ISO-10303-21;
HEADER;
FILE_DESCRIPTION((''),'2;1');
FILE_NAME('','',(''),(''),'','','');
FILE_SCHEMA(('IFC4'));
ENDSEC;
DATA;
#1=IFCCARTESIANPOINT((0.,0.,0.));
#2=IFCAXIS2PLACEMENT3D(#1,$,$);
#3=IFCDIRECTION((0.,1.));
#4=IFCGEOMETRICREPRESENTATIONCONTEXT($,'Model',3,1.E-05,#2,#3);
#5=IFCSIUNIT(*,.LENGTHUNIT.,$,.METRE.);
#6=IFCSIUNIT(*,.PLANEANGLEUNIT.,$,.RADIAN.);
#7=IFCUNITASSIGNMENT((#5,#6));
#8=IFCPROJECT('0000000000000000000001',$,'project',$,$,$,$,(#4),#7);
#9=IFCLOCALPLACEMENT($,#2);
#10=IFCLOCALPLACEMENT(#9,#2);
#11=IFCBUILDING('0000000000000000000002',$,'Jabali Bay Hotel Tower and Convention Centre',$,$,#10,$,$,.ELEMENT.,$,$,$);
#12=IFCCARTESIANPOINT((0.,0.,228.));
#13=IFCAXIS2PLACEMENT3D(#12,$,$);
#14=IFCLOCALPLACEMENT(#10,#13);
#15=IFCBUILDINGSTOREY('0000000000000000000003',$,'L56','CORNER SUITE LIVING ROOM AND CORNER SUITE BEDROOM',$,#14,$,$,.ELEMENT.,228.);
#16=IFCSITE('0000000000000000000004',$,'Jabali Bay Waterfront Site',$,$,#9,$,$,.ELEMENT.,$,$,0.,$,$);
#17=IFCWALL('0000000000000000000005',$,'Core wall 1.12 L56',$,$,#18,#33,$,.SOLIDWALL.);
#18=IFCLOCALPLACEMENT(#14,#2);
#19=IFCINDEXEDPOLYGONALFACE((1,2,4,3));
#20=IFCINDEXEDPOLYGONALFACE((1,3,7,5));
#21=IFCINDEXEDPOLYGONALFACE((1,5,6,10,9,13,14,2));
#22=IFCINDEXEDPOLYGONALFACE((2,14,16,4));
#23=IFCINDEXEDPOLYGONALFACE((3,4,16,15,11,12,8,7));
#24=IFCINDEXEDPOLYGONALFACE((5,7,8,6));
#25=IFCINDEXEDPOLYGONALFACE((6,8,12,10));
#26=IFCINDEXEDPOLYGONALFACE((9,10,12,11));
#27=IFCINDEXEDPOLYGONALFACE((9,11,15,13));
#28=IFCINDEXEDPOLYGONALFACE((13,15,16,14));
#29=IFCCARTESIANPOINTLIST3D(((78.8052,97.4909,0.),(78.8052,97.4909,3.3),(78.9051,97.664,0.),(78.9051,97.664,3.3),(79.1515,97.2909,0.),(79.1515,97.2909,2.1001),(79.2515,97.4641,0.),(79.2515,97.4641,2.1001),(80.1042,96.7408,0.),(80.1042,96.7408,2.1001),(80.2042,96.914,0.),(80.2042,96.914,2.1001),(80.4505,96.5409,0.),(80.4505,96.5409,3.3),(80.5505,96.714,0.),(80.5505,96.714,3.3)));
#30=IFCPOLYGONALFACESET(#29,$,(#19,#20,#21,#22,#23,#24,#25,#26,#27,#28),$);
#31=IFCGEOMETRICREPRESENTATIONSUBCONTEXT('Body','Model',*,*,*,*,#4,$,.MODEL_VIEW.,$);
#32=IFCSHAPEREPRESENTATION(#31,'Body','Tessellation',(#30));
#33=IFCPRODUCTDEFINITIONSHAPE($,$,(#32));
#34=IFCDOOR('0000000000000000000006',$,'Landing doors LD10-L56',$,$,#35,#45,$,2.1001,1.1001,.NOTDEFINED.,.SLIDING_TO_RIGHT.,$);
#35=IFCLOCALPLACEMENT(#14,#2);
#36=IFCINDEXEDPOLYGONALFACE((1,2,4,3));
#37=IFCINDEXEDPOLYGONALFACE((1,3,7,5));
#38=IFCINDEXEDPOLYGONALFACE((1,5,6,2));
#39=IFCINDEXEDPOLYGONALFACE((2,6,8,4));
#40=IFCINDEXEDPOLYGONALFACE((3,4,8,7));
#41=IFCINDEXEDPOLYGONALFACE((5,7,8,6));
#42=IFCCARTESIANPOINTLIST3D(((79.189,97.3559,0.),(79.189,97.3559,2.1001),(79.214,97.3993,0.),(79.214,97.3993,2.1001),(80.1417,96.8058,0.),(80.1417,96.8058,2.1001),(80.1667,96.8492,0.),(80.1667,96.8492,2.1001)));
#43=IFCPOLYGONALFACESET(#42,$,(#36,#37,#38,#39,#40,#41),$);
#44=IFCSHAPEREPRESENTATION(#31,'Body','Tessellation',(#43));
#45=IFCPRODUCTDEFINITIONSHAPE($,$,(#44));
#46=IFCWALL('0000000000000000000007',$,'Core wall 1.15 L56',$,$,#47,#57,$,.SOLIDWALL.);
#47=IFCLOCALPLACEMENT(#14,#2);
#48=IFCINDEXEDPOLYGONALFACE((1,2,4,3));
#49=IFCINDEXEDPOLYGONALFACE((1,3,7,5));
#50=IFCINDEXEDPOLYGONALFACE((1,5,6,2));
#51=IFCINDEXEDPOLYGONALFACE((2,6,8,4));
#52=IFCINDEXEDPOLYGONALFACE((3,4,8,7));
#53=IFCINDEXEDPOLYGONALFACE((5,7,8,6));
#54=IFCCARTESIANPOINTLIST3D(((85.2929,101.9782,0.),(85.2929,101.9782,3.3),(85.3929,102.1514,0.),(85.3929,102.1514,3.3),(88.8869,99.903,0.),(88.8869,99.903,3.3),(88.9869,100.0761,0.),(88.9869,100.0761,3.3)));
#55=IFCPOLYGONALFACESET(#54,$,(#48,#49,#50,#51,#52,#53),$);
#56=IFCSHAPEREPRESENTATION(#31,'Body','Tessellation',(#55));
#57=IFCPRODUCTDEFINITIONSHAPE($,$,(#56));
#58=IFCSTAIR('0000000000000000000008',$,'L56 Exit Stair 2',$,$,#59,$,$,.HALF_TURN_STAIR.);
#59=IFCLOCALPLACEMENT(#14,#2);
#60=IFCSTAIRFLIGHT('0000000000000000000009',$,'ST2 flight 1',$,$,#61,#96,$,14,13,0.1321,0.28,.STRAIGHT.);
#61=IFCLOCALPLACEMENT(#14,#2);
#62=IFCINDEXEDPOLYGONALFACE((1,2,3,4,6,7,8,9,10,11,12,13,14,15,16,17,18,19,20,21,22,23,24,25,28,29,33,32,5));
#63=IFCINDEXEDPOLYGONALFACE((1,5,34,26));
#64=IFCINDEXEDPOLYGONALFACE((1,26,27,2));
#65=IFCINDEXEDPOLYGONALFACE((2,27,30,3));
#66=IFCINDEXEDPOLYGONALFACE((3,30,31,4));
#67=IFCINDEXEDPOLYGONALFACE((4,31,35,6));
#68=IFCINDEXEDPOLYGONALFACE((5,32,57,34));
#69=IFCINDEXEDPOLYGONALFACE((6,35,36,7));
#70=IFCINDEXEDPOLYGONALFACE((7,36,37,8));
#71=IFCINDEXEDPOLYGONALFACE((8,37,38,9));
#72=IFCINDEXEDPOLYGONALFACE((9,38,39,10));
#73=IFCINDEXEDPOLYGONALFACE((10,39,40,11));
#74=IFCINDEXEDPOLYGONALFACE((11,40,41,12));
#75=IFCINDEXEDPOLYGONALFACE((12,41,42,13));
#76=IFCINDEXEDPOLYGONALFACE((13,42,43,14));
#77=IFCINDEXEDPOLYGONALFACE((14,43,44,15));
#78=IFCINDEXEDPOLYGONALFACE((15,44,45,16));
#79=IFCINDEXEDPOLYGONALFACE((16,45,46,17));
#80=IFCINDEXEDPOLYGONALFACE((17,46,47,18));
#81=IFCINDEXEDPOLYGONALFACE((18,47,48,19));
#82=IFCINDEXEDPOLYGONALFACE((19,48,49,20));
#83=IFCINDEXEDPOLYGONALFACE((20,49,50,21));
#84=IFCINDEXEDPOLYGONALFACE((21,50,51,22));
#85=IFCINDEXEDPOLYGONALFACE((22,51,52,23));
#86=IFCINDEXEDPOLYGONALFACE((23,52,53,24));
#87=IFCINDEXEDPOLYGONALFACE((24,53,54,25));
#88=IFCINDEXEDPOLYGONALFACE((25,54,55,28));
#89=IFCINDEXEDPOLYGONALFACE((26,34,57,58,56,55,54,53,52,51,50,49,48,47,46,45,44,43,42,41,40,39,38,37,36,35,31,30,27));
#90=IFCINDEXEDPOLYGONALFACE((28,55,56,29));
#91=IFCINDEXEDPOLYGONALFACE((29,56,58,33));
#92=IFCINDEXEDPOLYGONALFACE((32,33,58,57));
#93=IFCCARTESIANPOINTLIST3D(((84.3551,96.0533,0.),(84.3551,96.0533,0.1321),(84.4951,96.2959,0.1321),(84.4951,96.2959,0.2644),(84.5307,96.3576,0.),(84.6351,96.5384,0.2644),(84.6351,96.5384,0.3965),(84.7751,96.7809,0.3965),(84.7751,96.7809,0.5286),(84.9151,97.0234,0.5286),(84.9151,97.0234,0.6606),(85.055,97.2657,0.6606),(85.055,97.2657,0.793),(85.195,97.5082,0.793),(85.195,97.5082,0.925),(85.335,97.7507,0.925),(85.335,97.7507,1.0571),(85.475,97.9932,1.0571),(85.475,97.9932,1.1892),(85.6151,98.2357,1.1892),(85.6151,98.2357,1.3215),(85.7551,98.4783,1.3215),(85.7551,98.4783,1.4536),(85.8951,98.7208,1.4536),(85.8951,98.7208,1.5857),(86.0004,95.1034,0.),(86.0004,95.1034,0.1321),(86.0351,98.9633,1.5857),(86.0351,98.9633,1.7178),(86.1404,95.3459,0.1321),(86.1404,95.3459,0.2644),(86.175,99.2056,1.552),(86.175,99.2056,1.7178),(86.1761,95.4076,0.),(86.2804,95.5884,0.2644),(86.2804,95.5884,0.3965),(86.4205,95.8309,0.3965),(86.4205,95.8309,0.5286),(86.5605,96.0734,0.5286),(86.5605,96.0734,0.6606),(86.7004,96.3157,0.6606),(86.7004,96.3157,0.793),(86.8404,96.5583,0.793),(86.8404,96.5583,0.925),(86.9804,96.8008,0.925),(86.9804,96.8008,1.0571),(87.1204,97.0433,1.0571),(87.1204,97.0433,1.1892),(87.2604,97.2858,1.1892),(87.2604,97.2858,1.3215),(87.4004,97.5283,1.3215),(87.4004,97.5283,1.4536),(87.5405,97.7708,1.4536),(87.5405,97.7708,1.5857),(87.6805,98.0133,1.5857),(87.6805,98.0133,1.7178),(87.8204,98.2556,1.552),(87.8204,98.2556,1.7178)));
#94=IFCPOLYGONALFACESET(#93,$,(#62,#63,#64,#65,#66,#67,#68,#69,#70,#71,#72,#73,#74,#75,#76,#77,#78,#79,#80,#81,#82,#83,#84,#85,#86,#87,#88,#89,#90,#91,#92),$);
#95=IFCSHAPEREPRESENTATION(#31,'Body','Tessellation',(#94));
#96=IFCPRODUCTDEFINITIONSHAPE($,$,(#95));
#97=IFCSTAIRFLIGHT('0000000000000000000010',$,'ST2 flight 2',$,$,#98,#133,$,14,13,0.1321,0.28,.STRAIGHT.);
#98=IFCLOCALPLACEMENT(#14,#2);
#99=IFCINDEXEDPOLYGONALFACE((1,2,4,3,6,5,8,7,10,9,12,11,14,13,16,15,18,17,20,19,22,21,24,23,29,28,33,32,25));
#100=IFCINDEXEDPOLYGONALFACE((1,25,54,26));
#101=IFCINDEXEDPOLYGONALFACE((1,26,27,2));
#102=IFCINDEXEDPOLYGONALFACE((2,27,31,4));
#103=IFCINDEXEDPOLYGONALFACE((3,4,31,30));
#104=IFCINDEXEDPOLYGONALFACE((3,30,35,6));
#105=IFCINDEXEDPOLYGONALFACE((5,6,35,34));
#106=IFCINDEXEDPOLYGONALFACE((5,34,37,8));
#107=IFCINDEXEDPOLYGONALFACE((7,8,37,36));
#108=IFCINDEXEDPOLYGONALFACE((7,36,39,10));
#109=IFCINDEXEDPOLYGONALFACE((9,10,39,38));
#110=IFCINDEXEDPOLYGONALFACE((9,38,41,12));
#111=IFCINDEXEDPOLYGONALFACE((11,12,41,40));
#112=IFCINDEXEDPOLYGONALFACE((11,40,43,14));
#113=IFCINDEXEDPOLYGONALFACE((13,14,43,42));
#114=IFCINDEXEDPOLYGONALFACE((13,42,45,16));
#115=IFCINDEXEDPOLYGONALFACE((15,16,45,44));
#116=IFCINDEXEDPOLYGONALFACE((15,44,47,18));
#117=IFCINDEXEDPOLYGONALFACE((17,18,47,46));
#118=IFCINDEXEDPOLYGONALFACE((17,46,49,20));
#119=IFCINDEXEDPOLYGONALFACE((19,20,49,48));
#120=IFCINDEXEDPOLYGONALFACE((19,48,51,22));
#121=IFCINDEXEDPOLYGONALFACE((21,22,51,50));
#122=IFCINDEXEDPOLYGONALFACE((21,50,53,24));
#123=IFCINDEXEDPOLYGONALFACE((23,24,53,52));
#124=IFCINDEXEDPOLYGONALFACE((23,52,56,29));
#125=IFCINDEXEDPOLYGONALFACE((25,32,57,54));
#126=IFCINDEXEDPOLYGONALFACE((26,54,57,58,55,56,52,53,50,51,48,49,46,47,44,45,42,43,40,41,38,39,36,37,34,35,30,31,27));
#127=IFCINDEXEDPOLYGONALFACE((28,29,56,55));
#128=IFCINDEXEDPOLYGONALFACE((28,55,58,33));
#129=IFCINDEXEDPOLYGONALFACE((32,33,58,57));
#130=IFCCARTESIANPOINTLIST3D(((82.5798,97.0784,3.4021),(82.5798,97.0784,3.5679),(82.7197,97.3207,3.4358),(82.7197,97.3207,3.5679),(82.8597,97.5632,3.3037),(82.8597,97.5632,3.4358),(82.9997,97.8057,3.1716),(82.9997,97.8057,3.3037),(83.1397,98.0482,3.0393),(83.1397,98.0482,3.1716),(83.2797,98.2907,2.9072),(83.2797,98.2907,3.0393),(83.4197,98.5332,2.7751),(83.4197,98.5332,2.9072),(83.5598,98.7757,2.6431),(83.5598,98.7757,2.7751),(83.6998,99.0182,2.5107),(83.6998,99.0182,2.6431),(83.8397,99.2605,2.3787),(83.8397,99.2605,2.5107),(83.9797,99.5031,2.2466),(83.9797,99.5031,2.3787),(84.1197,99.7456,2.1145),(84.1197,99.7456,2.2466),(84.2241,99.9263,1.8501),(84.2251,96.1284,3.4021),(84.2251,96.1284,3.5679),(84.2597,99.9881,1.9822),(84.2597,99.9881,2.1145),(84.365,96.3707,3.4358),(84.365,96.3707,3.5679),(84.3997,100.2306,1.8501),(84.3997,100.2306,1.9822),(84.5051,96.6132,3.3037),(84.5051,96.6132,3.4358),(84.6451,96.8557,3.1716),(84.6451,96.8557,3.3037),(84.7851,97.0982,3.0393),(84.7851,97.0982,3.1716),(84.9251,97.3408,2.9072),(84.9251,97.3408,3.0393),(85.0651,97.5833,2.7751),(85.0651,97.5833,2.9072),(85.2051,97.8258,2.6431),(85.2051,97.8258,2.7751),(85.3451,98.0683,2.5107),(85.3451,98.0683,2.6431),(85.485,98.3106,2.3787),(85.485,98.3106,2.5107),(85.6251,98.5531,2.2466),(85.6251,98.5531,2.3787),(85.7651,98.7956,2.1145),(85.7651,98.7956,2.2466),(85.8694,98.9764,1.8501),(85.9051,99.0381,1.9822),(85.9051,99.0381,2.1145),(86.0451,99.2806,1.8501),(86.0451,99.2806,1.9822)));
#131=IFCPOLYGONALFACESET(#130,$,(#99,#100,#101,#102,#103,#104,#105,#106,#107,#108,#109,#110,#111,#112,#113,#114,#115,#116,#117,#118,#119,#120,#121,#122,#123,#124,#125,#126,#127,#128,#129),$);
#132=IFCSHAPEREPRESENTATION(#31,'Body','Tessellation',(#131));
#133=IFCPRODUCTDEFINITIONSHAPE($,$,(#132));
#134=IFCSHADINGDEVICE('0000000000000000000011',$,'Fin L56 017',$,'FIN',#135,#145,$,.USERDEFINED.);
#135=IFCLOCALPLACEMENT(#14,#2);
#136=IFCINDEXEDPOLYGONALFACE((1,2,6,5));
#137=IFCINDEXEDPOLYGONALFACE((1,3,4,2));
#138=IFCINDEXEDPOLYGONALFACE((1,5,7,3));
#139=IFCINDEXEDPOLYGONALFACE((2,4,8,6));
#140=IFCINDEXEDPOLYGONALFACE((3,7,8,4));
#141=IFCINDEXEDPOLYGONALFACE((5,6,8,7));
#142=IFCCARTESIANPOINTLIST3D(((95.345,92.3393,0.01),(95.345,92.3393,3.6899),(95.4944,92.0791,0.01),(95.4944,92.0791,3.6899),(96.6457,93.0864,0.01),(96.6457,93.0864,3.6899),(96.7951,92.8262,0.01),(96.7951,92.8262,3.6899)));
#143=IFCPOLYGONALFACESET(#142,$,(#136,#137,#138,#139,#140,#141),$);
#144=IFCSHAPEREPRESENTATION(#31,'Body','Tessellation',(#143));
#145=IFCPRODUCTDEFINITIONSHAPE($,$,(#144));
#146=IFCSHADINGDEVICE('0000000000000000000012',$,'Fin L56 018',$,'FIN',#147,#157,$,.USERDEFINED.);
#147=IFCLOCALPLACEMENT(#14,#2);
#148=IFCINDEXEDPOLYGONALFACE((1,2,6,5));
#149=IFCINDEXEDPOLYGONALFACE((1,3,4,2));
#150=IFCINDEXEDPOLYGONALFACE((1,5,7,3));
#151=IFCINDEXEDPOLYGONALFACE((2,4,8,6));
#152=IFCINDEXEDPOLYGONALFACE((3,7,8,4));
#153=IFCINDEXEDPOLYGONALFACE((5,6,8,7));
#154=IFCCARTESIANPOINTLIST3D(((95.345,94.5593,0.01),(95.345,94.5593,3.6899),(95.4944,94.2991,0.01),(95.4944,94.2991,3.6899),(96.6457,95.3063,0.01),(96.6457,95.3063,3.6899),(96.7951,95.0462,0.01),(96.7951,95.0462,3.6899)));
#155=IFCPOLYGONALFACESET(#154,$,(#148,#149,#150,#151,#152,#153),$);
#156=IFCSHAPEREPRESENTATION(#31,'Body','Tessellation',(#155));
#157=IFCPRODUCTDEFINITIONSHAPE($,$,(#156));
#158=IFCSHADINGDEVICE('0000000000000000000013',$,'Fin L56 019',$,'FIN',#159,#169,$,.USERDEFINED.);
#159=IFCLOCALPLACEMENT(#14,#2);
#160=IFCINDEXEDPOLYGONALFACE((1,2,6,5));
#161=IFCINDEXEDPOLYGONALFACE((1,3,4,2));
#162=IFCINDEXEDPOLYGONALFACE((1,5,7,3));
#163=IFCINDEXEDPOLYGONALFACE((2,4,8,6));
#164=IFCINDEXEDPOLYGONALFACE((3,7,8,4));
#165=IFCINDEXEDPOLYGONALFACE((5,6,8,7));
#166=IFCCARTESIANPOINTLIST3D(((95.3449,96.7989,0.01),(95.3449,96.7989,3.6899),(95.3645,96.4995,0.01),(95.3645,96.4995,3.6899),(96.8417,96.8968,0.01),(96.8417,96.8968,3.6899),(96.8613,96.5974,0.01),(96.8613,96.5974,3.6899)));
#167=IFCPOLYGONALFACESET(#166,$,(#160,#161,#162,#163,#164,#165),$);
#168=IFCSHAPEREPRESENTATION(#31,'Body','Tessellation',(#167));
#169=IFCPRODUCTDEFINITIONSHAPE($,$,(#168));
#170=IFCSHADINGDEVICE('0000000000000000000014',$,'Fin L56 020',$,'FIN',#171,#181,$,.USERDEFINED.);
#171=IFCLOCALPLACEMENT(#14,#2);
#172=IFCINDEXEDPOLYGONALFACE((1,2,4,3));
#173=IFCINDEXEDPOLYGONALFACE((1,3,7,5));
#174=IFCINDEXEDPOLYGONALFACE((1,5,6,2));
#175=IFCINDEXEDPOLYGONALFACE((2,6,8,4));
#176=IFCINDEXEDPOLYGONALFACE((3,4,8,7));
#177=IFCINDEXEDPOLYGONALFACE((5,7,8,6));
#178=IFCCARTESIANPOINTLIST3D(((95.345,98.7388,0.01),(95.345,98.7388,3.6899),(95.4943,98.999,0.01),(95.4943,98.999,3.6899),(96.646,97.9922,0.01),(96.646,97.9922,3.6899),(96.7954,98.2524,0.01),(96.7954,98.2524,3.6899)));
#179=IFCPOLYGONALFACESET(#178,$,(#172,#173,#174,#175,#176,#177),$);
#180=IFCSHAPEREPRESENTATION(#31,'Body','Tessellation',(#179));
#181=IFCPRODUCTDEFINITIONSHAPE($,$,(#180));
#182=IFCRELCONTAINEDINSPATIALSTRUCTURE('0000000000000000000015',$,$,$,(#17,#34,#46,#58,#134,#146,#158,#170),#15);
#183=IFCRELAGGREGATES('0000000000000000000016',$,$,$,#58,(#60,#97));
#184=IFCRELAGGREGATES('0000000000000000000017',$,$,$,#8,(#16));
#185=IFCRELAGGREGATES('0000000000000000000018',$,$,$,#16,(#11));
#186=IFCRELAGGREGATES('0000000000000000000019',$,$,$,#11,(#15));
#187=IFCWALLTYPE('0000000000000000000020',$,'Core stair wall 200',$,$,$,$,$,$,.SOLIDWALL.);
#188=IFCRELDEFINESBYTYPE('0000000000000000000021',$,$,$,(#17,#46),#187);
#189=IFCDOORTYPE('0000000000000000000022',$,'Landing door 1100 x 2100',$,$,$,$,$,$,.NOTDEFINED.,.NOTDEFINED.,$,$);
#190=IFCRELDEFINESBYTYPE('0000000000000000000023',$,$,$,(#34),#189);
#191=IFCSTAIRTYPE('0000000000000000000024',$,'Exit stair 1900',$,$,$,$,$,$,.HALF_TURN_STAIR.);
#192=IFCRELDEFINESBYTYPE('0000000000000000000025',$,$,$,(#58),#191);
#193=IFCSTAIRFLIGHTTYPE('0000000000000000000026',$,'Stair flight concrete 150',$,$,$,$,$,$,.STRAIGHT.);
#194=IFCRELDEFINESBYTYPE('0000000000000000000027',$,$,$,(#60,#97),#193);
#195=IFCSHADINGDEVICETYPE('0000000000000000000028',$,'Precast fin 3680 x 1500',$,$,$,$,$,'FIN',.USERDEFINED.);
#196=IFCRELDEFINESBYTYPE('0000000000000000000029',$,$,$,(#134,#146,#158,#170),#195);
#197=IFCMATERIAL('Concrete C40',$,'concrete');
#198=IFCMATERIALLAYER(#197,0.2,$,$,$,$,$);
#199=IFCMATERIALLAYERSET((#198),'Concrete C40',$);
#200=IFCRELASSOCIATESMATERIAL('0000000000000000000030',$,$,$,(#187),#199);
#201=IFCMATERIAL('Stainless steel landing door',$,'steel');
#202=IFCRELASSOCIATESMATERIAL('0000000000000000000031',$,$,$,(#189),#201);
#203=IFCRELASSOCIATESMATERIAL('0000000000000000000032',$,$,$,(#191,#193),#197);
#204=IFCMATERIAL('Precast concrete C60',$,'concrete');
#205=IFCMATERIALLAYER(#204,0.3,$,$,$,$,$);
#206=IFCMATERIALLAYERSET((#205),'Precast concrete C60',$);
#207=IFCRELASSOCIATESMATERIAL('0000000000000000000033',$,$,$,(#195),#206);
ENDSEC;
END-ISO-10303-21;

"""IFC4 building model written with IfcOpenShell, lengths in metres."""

from ifc_helpers import new_model, si_unit, direction, frame, frame_2d, origin, place, context, subcontext, project, spatial, polyline, rectangle, outline, extrude, material, layer, layer_set, type_object, element, fill, aggregate, save


model = new_model("IFC4")

# Units and contexts
model_context = context("Model", 3, precision=1e-05, world=origin(), true_north=direction((0.0, 1.0)))
body_context = subcontext(model_context, "Body", "Model", "MODEL_VIEW")
ifc_project = project(units=[si_unit("LENGTHUNIT", "METRE"), si_unit("PLANEANGLEUNIT", "RADIAN")], contexts=[model_context])

# Site, building, storey
site_placement = place(None, origin())
site = spatial("IfcSite", under=ifc_project, at=site_placement, Name="Jabali Bay Waterfront Site", CompositionType="ELEMENT", RefElevation=0.0)
building_placement = place(site_placement, origin())
building = spatial("IfcBuilding", under=site, at=building_placement, Name="Jabali Bay Hotel Tower and Convention Centre", CompositionType="ELEMENT")
storey_placement = place(building_placement, frame((0.0, 0.0, 228.0)))
storey = spatial("IfcBuildingStorey", under=building, at=storey_placement, Name="L56", Description="CORNER SUITE LIVING ROOM AND CORNER SUITE BEDROOM", CompositionType="ELEMENT", Elevation=228.0)

# Shared definitions
ifc_material_1 = material(Name="Concrete C40", Category="concrete")
ifc_layer_1 = layer(ifc_material_1, 0.2)
ifc_layer_set_1 = layer_set([ifc_layer_1], Name="Concrete C40")
wall_type_1 = type_object("IfcWallType", Name="Core stair wall 200", PredefinedType="SOLIDWALL", material=ifc_layer_set_1)

# Wall, opening, door
wall_1_placement = place(storey_placement, frame((80.5005, 96.6274, 0.0), z_axis=(0.0, 0.0, 1.0), x_axis=(-0.866012, 0.500023, 0.0)))
wall_1 = element("IfcWall", 1, at=wall_1_placement, inside=storey, type_object=wall_type_1, Name="Core wall 1.12 L56", PredefinedType="SOLIDWALL", context=body_context, shape_type="SweptSolid", body=[
    extrude(rectangle(XDim=1.8999, YDim=0.2, at=frame_2d((0.95, 0.0))), origin(), (0.0, 0.0, 1.0), 3.3),
])
opening_1_placement = place(wall_1_placement, frame((0.3999, 0.0, 0.0)))
opening_1 = element("IfcOpeningElement", 2, at=opening_1_placement, cuts=wall_1, PredefinedType="OPENING", context=body_context, shape_type="SweptSolid", body=[
    extrude(rectangle(XDim=1.1001, YDim=2.1001, at=frame_2d((0.55, 1.05))), frame((0.0, 0.1104, 0.0), z_axis=(0.0, -1.0, 0.0), x_axis=(1.0, 0.0, 0.0)), (0.0, 0.0, 1.0), 0.2209),
])
ifc_material_2 = material(Name="Stainless steel landing door", Category="steel")
door_type_1 = type_object("IfcDoorType", Name="Landing door 1100 x 2100", OperationType="NOTDEFINED", PredefinedType="NOTDEFINED", material=ifc_material_2)
door_1_placement = place(opening_1_placement, origin())
door_1 = element("IfcDoor", 3, at=door_1_placement, inside=storey, type_object=door_type_1, Name="Landing doors LD10-L56", OperationType="SLIDING_TO_RIGHT", OverallHeight=2.1001, OverallWidth=1.1001, PredefinedType="NOTDEFINED", context=body_context, shape_type="SweptSolid", body=[
    extrude(rectangle(XDim=1.1001, YDim=2.1001, at=frame_2d((0.55, 1.05))), frame((0.0, 0.0249, 0.0), z_axis=(0.0, -1.0, 0.0), x_axis=(1.0, 0.0, 0.0)), (0.0, 0.0, 1.0), 0.05),
])
fill(opening_1, door_1)

# Wall
wall_2_placement = place(storey_placement, frame((88.937, 99.9895, 0.0), z_axis=(0.0, 0.0, 1.0), x_axis=(-0.866004, 0.500036, 0.0)))
element("IfcWall", 4, at=wall_2_placement, inside=storey, type_object=wall_type_1, Name="Core wall 1.15 L56", PredefinedType="SOLIDWALL", context=body_context, shape_type="SweptSolid", body=[
    extrude(rectangle(XDim=4.1501, YDim=0.2, at=frame_2d((2.0752, 0.0))), origin(), (0.0, 0.0, 1.0), 3.3),
])

# Stair, stair flights
stair_type = type_object("IfcStairType", Name="Exit stair 1900", PredefinedType="HALF_TURN_STAIR", material=ifc_material_1)
stair_placement = place(storey_placement, origin())
stair = element("IfcStair", 5, at=stair_placement, inside=storey, type_object=stair_type, Name="L56 Exit Stair 2", PredefinedType="HALF_TURN_STAIR")
stair_flight_type = type_object("IfcStairFlightType", Name="Stair flight concrete 150", PredefinedType="STRAIGHT", material=ifc_material_1)
stair_flight_1_placement = place(storey_placement, frame((85.1777, 95.5784, 0.0), z_axis=(0.0, 0.0, 1.0), x_axis=(0.5, 0.866025, 0.0)))
stair_flight_1 = element("IfcStairFlight", 6, at=stair_flight_1_placement, type_object=stair_flight_type, Name="ST2 flight 1", NumberOfRisers=14, NumberOfTreads=13, PredefinedType="STRAIGHT", RiserHeight=0.1321, TreadLength=0.28, context=body_context, shape_type="SweptSolid", body=[
    extrude(outline(polyline([(0.0, 0.0), (0.0, 0.1321), (0.28, 0.1321), (0.28, 0.2644), (0.5601, 0.2644), (0.5601, 0.3965), (0.8401, 0.3965), (0.8401, 0.5286), (1.1201, 0.5286), (1.1201, 0.6606), (1.3999, 0.6606), (1.3999, 0.793), (1.6799, 0.793), (1.6799, 0.925), (1.96, 0.925), (1.96, 1.0571), (2.24, 1.0571), (2.24, 1.1892), (2.52, 1.1892), (2.52, 1.3215), (2.8, 1.3215), (2.8, 1.4536), (3.0801, 1.4536), (3.0801, 1.5857), (3.3601, 1.5857), (3.3601, 1.7178), (3.6399, 1.7178), (3.6399, 1.8501), (3.6399, 1.552), (0.3513, 0.0), (0.0, 0.0)])), frame((0.0, 0.95, 0.0), z_axis=(0.0, -1.0, 0.0), x_axis=(1.0, 0.0, 0.0)), (0.0, 0.0, 1.0), 1.8999),
])
stair_flight_2_placement = place(storey_placement, frame((85.2224, 99.7556, 1.8501), z_axis=(0.0, 0.0, 1.0), x_axis=(-0.5, -0.866025, 0.0)))
stair_flight_2 = element("IfcStairFlight", 7, at=stair_flight_2_placement, type_object=stair_flight_type, Name="ST2 flight 2", NumberOfRisers=14, NumberOfTreads=13, PredefinedType="STRAIGHT", RiserHeight=0.1321, TreadLength=0.28, context=body_context, shape_type="SweptSolid", body=[
    extrude(outline(polyline([(0.0, 0.0), (0.0, 0.1321), (0.28, 0.1321), (0.28, 0.2644), (0.5601, 0.2644), (0.5601, 0.3965), (0.8401, 0.3965), (0.8401, 0.5286), (1.1201, 0.5286), (1.1201, 0.6606), (1.3999, 0.6606), (1.3999, 0.793), (1.6799, 0.793), (1.6799, 0.925), (1.96, 0.925), (1.96, 1.0571), (2.24, 1.0571), (2.24, 1.1892), (2.52, 1.1892), (2.52, 1.3215), (2.8, 1.3215), (2.8, 1.4536), (3.0801, 1.4536), (3.0801, 1.5857), (3.3601, 1.5857), (3.3601, 1.7178), (3.6399, 1.7178), (3.6399, 1.8501), (3.6399, 1.552), (0.3513, 0.0), (0.0, 0.0)])), frame((0.0, 0.95, 0.0), z_axis=(0.0, -1.0, 0.0), x_axis=(1.0, 0.0, 0.0)), (0.0, 0.0, 1.0), 1.8999),
])
aggregate(stair, [stair_flight_1, stair_flight_2])

# Shading devices
ifc_material_3 = material(Name="Precast concrete C60", Category="concrete")
ifc_layer_2 = layer(ifc_material_3, 0.3)
ifc_layer_set_2 = layer_set([ifc_layer_2], Name="Precast concrete C60")
shading_device_type = type_object("IfcShadingDeviceType", Name="Precast fin 3680 x 1500", ElementType="FIN", PredefinedType="USERDEFINED", material=ifc_layer_set_2)
for number, where, z_axis, x_axis, name in (
    (8, (95.4197, 92.2092, 0.01), (0.0, 0.0, 1.0), (0.867159, 0.498031, 0.0), "Fin L56 017"),
    (9, (95.4197, 94.4292, 0.01), (0.0, 0.0, 1.0), (0.867159, 0.498031, 0.0), "Fin L56 018"),
    (10, (95.3547, 96.6492, 0.01), (0.0, 0.0, 1.0), (0.997868, 0.065266, 0.0), "Fin L56 019"),
    (11, (95.4197, 98.8689, 0.01), (0.0, 0.0, 1.0), (0.86734, -0.497716, 0.0), "Fin L56 020"),
):
    element("IfcShadingDevice", number, at=place(storey_placement, frame(where, z_axis=z_axis, x_axis=x_axis)), inside=storey, type_object=shading_device_type, Name=name, ObjectType="FIN", PredefinedType="USERDEFINED", context=body_context, shape_type="SweptSolid", body=[
        extrude(rectangle(XDim=1.5, YDim=0.3, at=frame_2d((0.75, 0.0))), origin(), (0.0, 0.0, 1.0), 3.6799),
    ])

save(model, "model.ifc")
